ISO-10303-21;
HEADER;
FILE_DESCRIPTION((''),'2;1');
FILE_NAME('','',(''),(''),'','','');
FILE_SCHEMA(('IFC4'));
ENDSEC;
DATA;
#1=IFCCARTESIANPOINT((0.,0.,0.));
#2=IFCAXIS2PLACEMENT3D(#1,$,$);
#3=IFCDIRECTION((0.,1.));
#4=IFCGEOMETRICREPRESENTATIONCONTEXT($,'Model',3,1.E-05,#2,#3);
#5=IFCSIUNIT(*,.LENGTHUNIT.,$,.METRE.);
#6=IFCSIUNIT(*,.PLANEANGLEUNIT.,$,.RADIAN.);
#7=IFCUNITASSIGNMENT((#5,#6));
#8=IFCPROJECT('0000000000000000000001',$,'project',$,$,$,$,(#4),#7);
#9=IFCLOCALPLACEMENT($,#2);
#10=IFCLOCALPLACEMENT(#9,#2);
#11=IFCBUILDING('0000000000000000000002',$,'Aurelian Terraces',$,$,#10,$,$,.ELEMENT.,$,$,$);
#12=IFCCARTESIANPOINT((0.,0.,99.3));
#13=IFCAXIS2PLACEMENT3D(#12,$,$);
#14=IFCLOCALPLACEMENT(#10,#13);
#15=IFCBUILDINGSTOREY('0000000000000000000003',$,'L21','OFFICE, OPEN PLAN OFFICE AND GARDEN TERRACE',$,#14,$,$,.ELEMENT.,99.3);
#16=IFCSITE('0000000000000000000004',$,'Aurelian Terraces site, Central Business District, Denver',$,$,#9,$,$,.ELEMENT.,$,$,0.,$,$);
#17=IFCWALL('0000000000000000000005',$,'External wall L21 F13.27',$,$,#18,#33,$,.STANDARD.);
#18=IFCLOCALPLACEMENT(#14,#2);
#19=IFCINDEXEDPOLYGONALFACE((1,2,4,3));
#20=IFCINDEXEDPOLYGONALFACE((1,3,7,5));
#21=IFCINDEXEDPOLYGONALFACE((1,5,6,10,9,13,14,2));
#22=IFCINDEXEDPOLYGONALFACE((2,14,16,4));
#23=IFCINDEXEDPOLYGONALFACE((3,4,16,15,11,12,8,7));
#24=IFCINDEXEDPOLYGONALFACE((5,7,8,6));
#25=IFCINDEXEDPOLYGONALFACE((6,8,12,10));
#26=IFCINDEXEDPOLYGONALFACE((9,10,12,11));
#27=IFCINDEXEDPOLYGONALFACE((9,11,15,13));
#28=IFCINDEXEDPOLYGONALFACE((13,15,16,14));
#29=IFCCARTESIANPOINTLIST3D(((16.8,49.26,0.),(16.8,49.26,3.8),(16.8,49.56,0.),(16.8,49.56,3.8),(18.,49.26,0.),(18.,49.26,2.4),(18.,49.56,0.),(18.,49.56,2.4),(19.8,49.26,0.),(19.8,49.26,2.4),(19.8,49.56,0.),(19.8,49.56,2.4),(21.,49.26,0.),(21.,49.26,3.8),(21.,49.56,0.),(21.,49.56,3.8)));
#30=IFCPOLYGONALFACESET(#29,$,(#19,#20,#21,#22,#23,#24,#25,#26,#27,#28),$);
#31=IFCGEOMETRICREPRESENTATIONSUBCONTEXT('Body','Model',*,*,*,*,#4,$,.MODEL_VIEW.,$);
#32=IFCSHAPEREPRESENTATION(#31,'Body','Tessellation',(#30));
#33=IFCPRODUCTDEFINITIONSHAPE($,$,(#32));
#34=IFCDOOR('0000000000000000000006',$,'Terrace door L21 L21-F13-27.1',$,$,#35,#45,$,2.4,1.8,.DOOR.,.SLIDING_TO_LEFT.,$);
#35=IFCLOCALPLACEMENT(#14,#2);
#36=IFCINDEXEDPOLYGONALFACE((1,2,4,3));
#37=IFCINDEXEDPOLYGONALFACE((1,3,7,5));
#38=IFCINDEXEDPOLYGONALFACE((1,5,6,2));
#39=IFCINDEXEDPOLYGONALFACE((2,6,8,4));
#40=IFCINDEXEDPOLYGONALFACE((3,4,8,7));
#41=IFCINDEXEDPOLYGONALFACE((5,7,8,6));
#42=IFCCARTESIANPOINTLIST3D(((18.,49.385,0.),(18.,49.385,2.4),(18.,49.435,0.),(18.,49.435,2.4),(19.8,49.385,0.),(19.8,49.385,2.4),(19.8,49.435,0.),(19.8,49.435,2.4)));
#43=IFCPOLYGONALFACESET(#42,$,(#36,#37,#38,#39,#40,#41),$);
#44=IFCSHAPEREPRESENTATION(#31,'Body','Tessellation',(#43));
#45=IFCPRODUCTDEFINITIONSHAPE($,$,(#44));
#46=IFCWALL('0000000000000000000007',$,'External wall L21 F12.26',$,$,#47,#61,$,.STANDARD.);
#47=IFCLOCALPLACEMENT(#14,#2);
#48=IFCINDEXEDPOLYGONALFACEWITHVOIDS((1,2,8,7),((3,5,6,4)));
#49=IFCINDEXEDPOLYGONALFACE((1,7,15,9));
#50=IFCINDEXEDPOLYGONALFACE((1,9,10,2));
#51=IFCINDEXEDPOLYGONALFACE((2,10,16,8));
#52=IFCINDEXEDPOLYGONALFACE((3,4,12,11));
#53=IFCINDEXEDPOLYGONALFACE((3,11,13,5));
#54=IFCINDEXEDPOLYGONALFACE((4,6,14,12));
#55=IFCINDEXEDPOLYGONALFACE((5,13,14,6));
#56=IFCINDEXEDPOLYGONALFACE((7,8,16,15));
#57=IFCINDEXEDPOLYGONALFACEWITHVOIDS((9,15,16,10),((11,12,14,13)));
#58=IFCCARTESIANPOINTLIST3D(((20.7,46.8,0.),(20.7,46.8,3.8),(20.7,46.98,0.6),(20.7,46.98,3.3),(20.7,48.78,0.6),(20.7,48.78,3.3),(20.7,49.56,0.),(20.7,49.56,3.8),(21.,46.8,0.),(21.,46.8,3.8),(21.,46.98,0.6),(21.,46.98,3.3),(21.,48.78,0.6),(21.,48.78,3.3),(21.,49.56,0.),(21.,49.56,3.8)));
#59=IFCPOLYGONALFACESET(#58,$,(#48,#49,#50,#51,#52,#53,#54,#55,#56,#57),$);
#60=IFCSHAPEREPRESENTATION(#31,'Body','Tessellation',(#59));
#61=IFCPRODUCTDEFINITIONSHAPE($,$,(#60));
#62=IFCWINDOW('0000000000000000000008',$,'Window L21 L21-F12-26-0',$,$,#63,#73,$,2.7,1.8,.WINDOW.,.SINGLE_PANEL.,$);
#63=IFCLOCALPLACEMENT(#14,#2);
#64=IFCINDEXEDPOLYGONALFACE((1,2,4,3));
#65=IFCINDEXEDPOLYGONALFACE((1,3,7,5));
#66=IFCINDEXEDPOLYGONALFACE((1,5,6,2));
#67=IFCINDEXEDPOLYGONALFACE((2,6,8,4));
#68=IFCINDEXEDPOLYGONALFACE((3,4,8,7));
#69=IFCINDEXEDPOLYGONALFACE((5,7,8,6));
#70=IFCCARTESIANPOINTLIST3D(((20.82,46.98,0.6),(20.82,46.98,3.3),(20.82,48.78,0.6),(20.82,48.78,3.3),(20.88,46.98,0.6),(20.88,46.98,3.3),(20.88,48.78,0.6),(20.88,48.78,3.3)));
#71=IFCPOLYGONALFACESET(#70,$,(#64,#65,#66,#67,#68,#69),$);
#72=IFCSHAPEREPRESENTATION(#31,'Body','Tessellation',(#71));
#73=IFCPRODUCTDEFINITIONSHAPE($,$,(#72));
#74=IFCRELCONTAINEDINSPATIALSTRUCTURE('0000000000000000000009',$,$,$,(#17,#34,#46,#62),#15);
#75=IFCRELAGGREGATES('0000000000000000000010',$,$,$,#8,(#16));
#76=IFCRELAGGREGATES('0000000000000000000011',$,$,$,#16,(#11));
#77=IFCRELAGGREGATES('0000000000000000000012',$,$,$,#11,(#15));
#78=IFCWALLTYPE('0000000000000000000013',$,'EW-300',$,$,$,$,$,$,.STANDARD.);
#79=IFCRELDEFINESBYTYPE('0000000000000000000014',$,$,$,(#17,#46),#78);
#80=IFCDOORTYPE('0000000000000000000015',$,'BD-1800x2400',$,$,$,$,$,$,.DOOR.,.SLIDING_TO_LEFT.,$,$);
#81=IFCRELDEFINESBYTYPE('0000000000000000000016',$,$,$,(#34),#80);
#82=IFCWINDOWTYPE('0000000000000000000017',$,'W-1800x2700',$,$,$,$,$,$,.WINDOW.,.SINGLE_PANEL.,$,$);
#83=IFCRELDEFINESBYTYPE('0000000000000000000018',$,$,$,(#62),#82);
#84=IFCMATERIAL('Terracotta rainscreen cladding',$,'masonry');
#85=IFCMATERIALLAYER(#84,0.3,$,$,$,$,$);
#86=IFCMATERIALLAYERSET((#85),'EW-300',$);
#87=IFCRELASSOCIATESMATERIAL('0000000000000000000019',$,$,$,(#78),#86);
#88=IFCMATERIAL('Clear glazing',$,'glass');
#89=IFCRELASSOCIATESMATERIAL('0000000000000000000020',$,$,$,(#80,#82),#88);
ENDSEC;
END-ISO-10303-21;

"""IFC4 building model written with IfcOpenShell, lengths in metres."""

from ifc_helpers import new_model, si_unit, direction, frame, frame_2d, origin, place, context, subcontext, project, spatial, rectangle, extrude, source, transform, mapped, material, layer, layer_set, type_object, element, fill, save


model = new_model("IFC4")

# Units and contexts
model_context = context("Model", 3, precision=1e-05, world=origin(), true_north=direction((0.0, 1.0)))
body_context = subcontext(model_context, "Body", "Model", "MODEL_VIEW")
ifc_project = project(units=[si_unit("LENGTHUNIT", "METRE"), si_unit("PLANEANGLEUNIT", "RADIAN")], contexts=[model_context])

# Site, building, storey
site_placement = place(None, origin())
site = spatial("IfcSite", under=ifc_project, at=site_placement, Name="Aurelian Terraces site, Central Business District, Denver", CompositionType="ELEMENT", RefElevation=0.0)
building_placement = place(site_placement, origin())
building = spatial("IfcBuilding", under=site, at=building_placement, Name="Aurelian Terraces", CompositionType="ELEMENT")
storey_placement = place(building_placement, frame((0.0, 0.0, 99.3)))
storey = spatial("IfcBuildingStorey", under=building, at=storey_placement, Name="L21", Description="OFFICE, OPEN PLAN OFFICE AND GARDEN TERRACE", CompositionType="ELEMENT", Elevation=99.3)

# Shared definitions
ifc_material_1 = material(Name="Terracotta rainscreen cladding", Category="masonry")
ifc_layer_1 = layer(ifc_material_1, 0.3)
ifc_layer_set_1 = layer_set([ifc_layer_1], Name="EW-300")
wall_type_1 = type_object("IfcWallType", Name="EW-300", PredefinedType="STANDARD", material=ifc_layer_set_1)
shared_shape_1 = source(origin(), body_context, "Body", "SweptSolid", [
    extrude(rectangle(XDim=1.8, YDim=2.4, at=frame_2d((0.9, 1.2))), frame((0.0, 0.16, 0.0), z_axis=(0.0, -1.0, 0.0), x_axis=(1.0, 0.0, 0.0)), (0.0, 0.0, 1.0), 0.32),
])
shared_shape_2 = source(origin(), body_context, "Body", "SweptSolid", [
    extrude(rectangle(XDim=1.8, YDim=2.7, at=frame_2d((0.9, 1.35))), frame((0.0, 0.16, 0.0), z_axis=(0.0, -1.0, 0.0), x_axis=(1.0, 0.0, 0.0)), (0.0, 0.0, 1.0), 0.32),
])
ifc_material_2 = material(Name="Clear glazing", Category="glass")
door_type_1 = type_object("IfcDoorType", Name="BD-1800x2400", OperationType="SLIDING_TO_LEFT", PredefinedType="DOOR", material=ifc_material_2)
shared_shape_3 = source(origin(), body_context, "Body", "SweptSolid", [
    extrude(rectangle(XDim=1.8, YDim=2.4, at=frame_2d((0.9, 1.2))), frame((0.0, 0.025, 0.0), z_axis=(0.0, -1.0, 0.0), x_axis=(1.0, 0.0, 0.0)), (0.0, 0.0, 1.0), 0.05),
])
window_type = type_object("IfcWindowType", Name="W-1800x2700", PartitioningType="SINGLE_PANEL", PredefinedType="WINDOW", material=ifc_material_2)
shared_shape_4 = source(origin(), body_context, "Body", "SweptSolid", [
    extrude(rectangle(XDim=1.8, YDim=2.7, at=frame_2d((0.9, 1.35))), frame((0.0, 0.03, 0.0), z_axis=(0.0, -1.0, 0.0), x_axis=(1.0, 0.0, 0.0)), (0.0, 0.0, 1.0), 0.06),
])

# Wall, opening, door
shared_shape_5 = source(origin(), body_context, "Body", "SweptSolid", [
    extrude(rectangle(XDim=4.2, YDim=0.3, at=frame_2d((2.1, 0.0))), origin(), (0.0, 0.0, 1.0), 3.8),
])
wall_1_placement = place(storey_placement, frame((21.0, 49.41, 0.0), z_axis=(0.0, 0.0, 1.0), x_axis=(-1.0, 0.0, 0.0)))
wall_1 = element("IfcWall", 1, at=wall_1_placement, inside=storey, type_object=wall_type_1, Name="External wall L21 F13.27", PredefinedType="STANDARD", context=body_context, shape_type="MappedRepresentation", body=[
    mapped(shared_shape_5, transform((0.0, 0.0, 0.0), scale=1.0)),
])
opening_1_placement = place(wall_1_placement, frame((1.2, 0.0, 0.0)))
opening_1 = element("IfcOpeningElement", 2, at=opening_1_placement, cuts=wall_1, PredefinedType="OPENING", context=body_context, shape_type="MappedRepresentation", body=[
    mapped(shared_shape_1, transform((0.0, 0.0, 0.0), scale=1.0)),
])
door_1_placement = place(opening_1_placement, origin())
door_1 = element("IfcDoor", 3, at=door_1_placement, inside=storey, type_object=door_type_1, Name="Terrace door L21 L21-F13-27.1", OperationType="SLIDING_TO_LEFT", OverallHeight=2.4, OverallWidth=1.8, PredefinedType="DOOR", context=body_context, shape_type="MappedRepresentation", body=[
    mapped(shared_shape_3, transform((0.0, 0.0, 0.0), scale=1.0)),
])
fill(opening_1, door_1)

# Wall, opening, window
shared_shape_6 = source(origin(), body_context, "Body", "SweptSolid", [
    extrude(rectangle(XDim=2.76, YDim=0.3, at=frame_2d((1.38, 0.0))), origin(), (0.0, 0.0, 1.0), 3.8),
])
wall_2_placement = place(storey_placement, frame((20.85, 46.8, 0.0), z_axis=(0.0, 0.0, 1.0), x_axis=(0.0, 1.0, 0.0)))
wall_2 = element("IfcWall", 4, at=wall_2_placement, inside=storey, type_object=wall_type_1, Name="External wall L21 F12.26", PredefinedType="STANDARD", context=body_context, shape_type="MappedRepresentation", body=[
    mapped(shared_shape_6, transform((0.0, 0.0, 0.0), scale=1.0)),
])
opening_2_placement = place(wall_2_placement, frame((0.18, 0.0, 0.6)))
opening_2 = element("IfcOpeningElement", 5, at=opening_2_placement, cuts=wall_2, PredefinedType="OPENING", context=body_context, shape_type="MappedRepresentation", body=[
    mapped(shared_shape_2, transform((0.0, 0.0, 0.0), scale=1.0)),
])
window_1_placement = place(opening_2_placement, origin())
window_1 = element("IfcWindow", 6, at=window_1_placement, inside=storey, type_object=window_type, Name="Window L21 L21-F12-26-0", OverallHeight=2.7, OverallWidth=1.8, PartitioningType="SINGLE_PANEL", PredefinedType="WINDOW", context=body_context, shape_type="MappedRepresentation", body=[
    mapped(shared_shape_4, transform((0.0, 0.0, 0.0), scale=1.0)),
])
fill(opening_2, window_1)

save(model, "model.ifc")
